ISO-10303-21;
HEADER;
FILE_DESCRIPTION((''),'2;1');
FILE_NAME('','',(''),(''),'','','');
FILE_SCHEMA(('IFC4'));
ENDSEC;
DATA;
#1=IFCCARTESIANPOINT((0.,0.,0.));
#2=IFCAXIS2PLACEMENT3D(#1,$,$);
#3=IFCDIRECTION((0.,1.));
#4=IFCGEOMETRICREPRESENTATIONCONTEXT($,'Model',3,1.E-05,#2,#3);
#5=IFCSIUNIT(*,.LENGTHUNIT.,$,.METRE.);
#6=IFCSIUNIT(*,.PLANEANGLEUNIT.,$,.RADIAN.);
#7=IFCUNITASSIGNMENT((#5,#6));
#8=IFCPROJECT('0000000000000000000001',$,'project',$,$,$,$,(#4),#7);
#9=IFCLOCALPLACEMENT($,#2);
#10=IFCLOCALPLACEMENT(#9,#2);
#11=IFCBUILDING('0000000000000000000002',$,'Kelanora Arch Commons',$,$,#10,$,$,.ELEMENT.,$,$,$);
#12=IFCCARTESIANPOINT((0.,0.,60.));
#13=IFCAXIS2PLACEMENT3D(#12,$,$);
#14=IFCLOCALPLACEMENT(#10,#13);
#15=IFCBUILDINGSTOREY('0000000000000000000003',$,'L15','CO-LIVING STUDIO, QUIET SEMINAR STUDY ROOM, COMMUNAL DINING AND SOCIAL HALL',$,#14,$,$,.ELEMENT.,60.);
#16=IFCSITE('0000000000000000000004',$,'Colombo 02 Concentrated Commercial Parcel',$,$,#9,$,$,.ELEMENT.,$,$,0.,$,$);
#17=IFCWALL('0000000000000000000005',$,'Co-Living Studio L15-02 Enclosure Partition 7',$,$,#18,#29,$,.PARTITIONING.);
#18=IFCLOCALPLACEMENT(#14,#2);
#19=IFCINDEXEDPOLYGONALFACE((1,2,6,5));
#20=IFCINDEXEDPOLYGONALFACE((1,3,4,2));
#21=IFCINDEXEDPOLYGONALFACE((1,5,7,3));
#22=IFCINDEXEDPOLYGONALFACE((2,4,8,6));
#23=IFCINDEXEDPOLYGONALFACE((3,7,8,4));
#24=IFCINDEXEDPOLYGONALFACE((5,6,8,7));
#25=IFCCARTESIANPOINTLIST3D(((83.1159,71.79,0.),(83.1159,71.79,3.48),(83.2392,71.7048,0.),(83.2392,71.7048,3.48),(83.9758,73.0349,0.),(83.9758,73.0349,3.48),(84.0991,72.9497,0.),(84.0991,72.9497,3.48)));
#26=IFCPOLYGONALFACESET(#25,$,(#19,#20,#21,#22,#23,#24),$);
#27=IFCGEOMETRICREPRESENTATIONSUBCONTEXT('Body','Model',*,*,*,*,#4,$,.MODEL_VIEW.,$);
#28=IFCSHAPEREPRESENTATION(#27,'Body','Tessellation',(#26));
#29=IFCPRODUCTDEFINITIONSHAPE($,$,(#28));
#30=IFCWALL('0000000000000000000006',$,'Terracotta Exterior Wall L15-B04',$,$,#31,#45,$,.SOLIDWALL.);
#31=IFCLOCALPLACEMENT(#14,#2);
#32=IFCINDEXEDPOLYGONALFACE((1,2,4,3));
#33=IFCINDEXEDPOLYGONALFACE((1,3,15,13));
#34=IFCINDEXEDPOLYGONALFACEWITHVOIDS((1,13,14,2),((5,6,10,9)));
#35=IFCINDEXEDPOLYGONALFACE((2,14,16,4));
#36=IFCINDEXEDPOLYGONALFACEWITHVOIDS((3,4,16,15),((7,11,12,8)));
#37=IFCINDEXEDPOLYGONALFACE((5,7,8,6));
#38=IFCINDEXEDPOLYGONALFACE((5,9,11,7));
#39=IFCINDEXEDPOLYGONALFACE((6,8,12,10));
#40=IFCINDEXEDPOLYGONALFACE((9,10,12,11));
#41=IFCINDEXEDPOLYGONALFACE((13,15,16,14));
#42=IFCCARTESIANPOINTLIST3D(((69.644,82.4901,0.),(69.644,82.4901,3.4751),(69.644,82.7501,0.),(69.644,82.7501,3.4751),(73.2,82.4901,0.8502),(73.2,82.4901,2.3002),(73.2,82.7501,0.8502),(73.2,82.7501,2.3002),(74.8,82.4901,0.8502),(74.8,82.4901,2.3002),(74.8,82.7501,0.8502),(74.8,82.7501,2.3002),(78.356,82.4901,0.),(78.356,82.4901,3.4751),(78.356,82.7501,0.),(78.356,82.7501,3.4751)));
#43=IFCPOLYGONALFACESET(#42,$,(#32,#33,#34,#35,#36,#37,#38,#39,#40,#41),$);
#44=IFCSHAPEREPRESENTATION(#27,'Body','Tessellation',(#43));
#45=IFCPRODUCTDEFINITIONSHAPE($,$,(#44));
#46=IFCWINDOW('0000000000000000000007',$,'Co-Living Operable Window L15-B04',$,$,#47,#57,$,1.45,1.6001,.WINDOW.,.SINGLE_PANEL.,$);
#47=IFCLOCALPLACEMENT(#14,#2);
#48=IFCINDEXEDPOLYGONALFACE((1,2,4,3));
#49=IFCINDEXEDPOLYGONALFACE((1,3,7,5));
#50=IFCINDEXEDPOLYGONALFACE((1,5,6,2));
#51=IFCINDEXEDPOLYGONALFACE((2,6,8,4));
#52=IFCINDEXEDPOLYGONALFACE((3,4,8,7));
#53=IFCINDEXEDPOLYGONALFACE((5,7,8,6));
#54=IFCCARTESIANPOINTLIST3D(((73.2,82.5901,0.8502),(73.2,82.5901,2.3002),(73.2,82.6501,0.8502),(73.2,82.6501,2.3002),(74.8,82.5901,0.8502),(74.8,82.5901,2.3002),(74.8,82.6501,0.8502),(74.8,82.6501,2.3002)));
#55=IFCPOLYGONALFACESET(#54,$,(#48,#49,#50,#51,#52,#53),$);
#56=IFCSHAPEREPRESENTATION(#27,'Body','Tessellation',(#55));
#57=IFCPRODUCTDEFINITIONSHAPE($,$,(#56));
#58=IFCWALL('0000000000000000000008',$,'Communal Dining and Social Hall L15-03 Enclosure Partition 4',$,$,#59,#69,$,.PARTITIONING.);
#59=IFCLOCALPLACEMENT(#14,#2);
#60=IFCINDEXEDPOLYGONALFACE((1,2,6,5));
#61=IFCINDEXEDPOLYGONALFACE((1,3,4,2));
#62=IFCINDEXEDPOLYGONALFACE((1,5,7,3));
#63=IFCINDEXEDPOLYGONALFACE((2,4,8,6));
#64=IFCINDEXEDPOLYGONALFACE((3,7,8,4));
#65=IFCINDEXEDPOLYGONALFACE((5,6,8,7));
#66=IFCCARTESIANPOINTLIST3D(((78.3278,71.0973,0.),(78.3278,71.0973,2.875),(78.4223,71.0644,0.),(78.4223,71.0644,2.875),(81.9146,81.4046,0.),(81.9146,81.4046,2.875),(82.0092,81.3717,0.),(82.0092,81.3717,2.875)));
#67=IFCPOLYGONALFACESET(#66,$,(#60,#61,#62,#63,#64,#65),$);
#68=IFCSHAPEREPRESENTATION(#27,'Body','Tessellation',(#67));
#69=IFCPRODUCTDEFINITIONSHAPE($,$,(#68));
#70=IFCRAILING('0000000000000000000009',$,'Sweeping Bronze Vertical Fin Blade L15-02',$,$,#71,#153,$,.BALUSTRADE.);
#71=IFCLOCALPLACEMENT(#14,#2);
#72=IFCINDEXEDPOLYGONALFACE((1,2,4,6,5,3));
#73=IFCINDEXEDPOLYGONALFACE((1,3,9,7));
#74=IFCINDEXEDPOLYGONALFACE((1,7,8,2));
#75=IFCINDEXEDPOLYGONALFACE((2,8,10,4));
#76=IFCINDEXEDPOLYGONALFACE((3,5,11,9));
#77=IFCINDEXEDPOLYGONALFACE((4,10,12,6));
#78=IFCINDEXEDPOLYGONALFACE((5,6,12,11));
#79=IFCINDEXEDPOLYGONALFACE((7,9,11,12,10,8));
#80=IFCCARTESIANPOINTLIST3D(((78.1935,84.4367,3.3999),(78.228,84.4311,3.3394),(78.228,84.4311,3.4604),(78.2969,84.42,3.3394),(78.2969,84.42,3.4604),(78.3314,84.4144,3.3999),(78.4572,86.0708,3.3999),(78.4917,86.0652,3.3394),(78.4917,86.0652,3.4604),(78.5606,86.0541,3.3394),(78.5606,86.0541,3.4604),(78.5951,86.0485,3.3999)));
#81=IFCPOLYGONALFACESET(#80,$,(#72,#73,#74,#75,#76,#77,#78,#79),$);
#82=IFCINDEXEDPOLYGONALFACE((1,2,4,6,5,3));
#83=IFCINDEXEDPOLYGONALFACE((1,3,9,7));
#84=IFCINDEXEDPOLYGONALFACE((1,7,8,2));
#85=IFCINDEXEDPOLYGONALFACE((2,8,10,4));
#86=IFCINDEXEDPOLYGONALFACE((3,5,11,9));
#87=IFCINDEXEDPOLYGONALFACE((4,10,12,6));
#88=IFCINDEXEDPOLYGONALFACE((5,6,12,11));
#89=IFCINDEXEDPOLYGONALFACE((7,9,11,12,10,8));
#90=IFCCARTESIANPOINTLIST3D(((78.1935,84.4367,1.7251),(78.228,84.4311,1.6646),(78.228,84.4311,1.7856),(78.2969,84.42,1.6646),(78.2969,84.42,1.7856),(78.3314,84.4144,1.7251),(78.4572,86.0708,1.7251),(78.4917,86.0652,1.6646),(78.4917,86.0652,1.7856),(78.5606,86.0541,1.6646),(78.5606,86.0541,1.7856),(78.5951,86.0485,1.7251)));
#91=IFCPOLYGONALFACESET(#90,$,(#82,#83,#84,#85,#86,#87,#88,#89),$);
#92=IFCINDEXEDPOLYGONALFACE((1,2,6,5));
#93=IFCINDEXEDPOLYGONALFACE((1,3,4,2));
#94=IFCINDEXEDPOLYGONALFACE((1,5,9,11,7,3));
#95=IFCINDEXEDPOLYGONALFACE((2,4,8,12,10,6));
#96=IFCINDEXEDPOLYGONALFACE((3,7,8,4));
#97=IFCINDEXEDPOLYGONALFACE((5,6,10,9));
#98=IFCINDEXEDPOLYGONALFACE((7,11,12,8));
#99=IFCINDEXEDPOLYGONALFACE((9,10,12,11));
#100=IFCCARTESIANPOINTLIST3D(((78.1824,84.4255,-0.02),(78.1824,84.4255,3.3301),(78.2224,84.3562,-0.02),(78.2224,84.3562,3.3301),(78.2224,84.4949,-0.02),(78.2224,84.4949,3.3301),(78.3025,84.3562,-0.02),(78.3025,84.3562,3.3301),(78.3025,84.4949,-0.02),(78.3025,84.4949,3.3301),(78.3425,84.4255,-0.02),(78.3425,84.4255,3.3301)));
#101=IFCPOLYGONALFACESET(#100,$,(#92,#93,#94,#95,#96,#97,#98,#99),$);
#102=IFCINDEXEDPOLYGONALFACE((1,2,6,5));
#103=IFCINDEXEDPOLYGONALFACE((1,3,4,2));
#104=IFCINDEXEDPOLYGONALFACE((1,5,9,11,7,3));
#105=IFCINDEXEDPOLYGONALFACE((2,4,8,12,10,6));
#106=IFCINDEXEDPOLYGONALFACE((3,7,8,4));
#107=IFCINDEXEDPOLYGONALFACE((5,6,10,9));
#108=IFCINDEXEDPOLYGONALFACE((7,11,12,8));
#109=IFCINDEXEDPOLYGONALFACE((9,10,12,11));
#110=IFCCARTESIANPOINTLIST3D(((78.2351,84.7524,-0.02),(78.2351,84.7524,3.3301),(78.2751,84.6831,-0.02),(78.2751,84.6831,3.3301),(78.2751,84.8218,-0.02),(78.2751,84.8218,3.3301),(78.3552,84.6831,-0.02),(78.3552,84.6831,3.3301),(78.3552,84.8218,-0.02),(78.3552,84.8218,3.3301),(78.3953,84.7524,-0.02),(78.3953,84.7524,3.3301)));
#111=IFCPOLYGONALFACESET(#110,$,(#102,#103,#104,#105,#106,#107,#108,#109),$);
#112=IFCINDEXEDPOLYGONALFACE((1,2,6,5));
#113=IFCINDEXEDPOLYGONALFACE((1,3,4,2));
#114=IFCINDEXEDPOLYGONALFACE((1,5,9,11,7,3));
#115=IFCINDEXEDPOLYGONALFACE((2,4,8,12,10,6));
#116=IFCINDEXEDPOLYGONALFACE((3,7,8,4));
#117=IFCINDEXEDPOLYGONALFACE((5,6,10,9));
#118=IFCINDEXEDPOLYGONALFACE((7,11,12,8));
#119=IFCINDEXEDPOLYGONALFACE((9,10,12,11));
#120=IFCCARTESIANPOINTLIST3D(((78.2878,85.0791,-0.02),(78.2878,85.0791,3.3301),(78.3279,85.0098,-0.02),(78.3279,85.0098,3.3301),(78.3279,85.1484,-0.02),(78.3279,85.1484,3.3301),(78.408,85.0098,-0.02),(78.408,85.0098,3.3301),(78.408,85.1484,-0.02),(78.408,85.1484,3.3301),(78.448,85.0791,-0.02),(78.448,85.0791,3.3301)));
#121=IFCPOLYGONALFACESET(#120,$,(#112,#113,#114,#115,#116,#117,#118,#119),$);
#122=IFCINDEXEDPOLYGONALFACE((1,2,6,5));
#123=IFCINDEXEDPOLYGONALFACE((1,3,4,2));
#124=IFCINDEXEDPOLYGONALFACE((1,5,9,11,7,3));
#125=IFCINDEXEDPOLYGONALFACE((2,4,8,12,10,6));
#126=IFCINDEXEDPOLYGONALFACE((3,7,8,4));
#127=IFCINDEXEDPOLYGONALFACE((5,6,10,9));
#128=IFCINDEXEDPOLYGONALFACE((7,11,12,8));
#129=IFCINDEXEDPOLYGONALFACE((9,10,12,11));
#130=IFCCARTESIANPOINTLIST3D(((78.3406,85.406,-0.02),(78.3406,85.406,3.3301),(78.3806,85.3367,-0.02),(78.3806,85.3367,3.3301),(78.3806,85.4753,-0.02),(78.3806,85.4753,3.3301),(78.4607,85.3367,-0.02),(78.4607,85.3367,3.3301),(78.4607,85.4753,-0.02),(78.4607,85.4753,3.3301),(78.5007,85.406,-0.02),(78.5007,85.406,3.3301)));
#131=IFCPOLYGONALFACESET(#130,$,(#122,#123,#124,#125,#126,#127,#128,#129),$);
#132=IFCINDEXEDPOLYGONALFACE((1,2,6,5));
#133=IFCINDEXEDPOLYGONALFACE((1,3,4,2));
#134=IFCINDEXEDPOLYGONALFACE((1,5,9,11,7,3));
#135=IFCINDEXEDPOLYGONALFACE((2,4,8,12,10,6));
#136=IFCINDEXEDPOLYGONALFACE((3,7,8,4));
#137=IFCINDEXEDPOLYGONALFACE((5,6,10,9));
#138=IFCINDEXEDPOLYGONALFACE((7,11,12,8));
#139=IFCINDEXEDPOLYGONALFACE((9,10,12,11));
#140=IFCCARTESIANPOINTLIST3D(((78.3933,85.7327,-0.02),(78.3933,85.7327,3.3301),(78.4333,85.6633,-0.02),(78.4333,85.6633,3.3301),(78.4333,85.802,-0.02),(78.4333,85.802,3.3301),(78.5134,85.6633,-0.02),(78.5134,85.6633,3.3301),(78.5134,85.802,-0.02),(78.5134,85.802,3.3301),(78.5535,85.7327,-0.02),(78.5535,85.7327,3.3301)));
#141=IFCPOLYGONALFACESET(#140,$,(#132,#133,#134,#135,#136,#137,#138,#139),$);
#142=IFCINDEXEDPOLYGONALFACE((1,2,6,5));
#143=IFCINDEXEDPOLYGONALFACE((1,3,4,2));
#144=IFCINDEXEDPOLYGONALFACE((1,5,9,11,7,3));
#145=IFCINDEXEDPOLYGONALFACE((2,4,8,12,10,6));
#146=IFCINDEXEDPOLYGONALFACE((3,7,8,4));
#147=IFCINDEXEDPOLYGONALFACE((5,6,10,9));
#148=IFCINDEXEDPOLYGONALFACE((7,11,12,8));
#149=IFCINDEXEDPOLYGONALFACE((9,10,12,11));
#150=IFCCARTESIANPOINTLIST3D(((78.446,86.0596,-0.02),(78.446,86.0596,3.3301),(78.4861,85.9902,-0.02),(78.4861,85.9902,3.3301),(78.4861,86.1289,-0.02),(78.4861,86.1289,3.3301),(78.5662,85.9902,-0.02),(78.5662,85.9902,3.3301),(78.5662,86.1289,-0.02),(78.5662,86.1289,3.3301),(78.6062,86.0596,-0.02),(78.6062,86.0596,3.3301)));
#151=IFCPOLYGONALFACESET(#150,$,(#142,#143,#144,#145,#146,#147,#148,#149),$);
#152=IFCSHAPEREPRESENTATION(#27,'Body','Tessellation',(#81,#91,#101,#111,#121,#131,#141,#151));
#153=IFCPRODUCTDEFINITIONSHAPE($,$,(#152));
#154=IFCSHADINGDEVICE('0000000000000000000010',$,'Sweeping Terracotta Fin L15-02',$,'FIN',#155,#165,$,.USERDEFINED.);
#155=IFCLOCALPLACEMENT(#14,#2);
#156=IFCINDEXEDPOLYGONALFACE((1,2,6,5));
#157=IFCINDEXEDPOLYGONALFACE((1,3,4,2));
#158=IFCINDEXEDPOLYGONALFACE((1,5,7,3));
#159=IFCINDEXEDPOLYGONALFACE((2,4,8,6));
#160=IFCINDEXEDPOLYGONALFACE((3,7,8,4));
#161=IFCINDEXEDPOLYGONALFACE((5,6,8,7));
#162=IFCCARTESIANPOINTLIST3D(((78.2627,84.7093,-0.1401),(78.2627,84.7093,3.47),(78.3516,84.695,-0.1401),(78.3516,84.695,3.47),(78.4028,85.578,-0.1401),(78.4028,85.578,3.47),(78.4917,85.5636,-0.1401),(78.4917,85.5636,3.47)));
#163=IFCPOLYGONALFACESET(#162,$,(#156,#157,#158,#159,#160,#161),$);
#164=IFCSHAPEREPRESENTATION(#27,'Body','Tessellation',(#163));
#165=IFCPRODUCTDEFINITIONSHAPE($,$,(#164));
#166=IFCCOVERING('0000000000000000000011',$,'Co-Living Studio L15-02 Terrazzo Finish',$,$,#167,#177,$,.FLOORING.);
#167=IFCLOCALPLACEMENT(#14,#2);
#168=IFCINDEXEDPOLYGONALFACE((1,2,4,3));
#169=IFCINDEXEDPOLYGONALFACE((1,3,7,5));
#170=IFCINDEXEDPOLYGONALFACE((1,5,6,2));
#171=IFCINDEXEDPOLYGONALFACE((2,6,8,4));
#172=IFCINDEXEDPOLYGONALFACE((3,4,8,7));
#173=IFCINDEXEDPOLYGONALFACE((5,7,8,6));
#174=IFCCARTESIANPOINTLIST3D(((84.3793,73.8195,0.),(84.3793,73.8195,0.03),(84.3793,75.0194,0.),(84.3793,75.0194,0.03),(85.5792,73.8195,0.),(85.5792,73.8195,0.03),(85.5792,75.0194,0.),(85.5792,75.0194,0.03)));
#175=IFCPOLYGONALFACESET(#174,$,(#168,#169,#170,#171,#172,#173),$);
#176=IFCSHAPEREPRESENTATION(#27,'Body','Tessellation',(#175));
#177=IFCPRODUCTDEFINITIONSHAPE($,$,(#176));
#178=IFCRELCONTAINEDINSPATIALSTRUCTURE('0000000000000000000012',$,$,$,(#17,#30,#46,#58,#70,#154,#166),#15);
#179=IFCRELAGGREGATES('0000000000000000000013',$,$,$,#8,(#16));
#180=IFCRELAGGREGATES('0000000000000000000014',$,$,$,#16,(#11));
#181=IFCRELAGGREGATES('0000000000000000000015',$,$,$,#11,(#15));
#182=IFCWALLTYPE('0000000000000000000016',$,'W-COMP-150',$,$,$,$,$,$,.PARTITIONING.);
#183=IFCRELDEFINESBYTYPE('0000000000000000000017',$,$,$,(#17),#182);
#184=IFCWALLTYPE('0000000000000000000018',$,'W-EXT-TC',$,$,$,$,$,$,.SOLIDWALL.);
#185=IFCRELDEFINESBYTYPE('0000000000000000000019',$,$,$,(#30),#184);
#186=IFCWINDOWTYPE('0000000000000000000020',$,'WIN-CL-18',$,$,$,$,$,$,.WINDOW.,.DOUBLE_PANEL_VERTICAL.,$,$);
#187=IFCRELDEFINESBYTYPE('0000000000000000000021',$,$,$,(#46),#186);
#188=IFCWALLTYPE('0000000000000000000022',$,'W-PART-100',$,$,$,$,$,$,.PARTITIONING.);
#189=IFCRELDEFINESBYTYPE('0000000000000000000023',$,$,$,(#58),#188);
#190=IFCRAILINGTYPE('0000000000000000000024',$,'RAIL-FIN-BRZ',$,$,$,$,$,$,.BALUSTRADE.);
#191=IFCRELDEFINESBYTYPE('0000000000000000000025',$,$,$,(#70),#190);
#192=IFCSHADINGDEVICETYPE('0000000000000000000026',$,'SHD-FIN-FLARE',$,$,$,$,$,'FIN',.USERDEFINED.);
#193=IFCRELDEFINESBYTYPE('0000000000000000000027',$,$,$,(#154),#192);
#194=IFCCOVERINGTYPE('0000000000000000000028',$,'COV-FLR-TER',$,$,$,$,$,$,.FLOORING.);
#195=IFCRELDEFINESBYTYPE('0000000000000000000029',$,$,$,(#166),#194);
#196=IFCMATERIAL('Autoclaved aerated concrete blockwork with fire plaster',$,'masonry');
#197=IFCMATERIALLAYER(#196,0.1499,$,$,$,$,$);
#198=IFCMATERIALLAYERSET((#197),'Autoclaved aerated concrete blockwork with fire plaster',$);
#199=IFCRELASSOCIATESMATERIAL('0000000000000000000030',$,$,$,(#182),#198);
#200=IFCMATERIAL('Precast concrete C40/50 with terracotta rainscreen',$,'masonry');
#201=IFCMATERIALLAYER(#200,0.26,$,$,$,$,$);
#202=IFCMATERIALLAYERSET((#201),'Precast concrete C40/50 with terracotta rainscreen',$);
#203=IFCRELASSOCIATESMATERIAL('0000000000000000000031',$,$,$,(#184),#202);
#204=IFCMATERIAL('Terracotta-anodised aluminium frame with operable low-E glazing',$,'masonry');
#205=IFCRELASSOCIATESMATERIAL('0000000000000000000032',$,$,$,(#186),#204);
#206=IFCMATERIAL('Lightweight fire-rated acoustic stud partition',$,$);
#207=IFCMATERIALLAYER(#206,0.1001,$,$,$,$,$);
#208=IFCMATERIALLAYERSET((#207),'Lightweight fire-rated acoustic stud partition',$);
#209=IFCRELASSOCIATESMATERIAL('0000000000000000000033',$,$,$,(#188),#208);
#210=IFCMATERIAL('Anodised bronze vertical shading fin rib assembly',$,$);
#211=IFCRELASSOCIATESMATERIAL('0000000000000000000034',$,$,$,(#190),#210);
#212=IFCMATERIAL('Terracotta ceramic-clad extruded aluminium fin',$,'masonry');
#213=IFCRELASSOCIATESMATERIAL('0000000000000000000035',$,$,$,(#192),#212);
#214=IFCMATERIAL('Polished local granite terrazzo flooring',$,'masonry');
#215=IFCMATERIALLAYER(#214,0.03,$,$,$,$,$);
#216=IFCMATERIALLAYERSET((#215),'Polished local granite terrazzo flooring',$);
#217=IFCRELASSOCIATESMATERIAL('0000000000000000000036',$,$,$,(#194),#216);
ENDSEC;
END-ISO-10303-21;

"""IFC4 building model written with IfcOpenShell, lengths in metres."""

from ifc_helpers import new_model, si_unit, direction, frame, frame_2d, origin, origin_2d, place, context, subcontext, project, spatial, polyline, rectangle, outline, extrude, source, transform, mapped, material, layer, layer_set, type_object, element, fill, save


model = new_model("IFC4")

# Units and contexts
model_context = context("Model", 3, precision=1e-05, world=origin(), true_north=direction((0.0, 1.0)))
body_context = subcontext(model_context, "Body", "Model", "MODEL_VIEW")
ifc_project = project(units=[si_unit("LENGTHUNIT", "METRE"), si_unit("PLANEANGLEUNIT", "RADIAN")], contexts=[model_context])

# Site, building, storey
site_placement = place(None, origin())
site = spatial("IfcSite", under=ifc_project, at=site_placement, Name="Colombo 02 Concentrated Commercial Parcel", CompositionType="ELEMENT", RefElevation=0.0)
building_placement = place(site_placement, origin())
building = spatial("IfcBuilding", under=site, at=building_placement, Name="Kelanora Arch Commons", CompositionType="ELEMENT")
storey_placement = place(building_placement, frame((0.0, 0.0, 60.0)))
storey = spatial("IfcBuildingStorey", under=building, at=storey_placement, Name="L15", Description="CO-LIVING STUDIO, QUIET SEMINAR STUDY ROOM, COMMUNAL DINING AND SOCIAL HALL", CompositionType="ELEMENT", Elevation=60.0)

# Wall
ifc_material_1 = material(Name="Autoclaved aerated concrete blockwork with fire plaster", Category="masonry")
ifc_layer_1 = layer(ifc_material_1, 0.1499)
ifc_layer_set_1 = layer_set([ifc_layer_1], Name="Autoclaved aerated concrete blockwork with fire plaster")
wall_type_1 = type_object("IfcWallType", Name="W-COMP-150", PredefinedType="PARTITIONING", material=ifc_layer_set_1)
wall_1_placement = place(storey_placement, frame((84.0374, 72.9922, 0.0), z_axis=(0.0, 0.0, 1.0), x_axis=(-0.568329, -0.822802, 0.0)))
element("IfcWall", 1, at=wall_1_placement, inside=storey, type_object=wall_type_1, Name="Co-Living Studio L15-02 Enclosure Partition 7", PredefinedType="PARTITIONING", context=body_context, shape_type="SweptSolid", body=[
    extrude(rectangle(XDim=1.5129, YDim=0.1499, at=frame_2d((0.7563, 0.0))), origin(), (0.0, 0.0, 1.0), 3.48),
])

# Wall, opening, window
ifc_material_2 = material(Name="Precast concrete C40/50 with terracotta rainscreen", Category="masonry")
ifc_layer_2 = layer(ifc_material_2, 0.26)
ifc_layer_set_2 = layer_set([ifc_layer_2], Name="Precast concrete C40/50 with terracotta rainscreen")
wall_type_2 = type_object("IfcWallType", Name="W-EXT-TC", PredefinedType="SOLIDWALL", material=ifc_layer_set_2)
wall_2_placement = place(storey_placement, frame((78.356, 82.6201, 0.0), z_axis=(0.0, 0.0, 1.0), x_axis=(-1.0, 0.0, 0.0)))
wall_2 = element("IfcWall", 2, at=wall_2_placement, inside=storey, type_object=wall_type_2, Name="Terracotta Exterior Wall L15-B04", PredefinedType="SOLIDWALL", context=body_context, shape_type="SweptSolid", body=[
    extrude(rectangle(XDim=8.7119, YDim=0.26, at=frame_2d((4.356, 0.0))), origin(), (0.0, 0.0, 1.0), 3.4751),
])
opening_placement = place(wall_2_placement, frame((3.5559, 0.0, 0.8501)))
opening = element("IfcOpeningElement", 3, at=opening_placement, cuts=wall_2, PredefinedType="OPENING", context=body_context, shape_type="SweptSolid", body=[
    extrude(rectangle(XDim=1.6001, YDim=1.45, at=frame_2d((0.8, 0.7251))), frame((0.0, 0.1401, 0.0), z_axis=(0.0, -1.0, 0.0), x_axis=(1.0, 0.0, 0.0)), (0.0, 0.0, 1.0), 0.28),
])
ifc_material_3 = material(Name="Terracotta-anodised aluminium frame with operable low-E glazing", Category="masonry")
window_type = type_object("IfcWindowType", Name="WIN-CL-18", PartitioningType="DOUBLE_PANEL_VERTICAL", PredefinedType="WINDOW", material=ifc_material_3)
window_placement = place(opening_placement, origin())
window = element("IfcWindow", 4, at=window_placement, inside=storey, type_object=window_type, Name="Co-Living Operable Window L15-B04", OverallHeight=1.45, OverallWidth=1.6001, PartitioningType="SINGLE_PANEL", PredefinedType="WINDOW", context=body_context, shape_type="SweptSolid", body=[
    extrude(rectangle(XDim=1.6001, YDim=1.45, at=frame_2d((0.8, 0.7251))), frame((0.0, 0.03, 0.0), z_axis=(0.0, -1.0, 0.0), x_axis=(1.0, 0.0, 0.0)), (0.0, 0.0, 1.0), 0.0601),
])
fill(opening, window)

# Wall
ifc_material_4 = material(Name="Lightweight fire-rated acoustic stud partition")
ifc_layer_3 = layer(ifc_material_4, 0.1001)
ifc_layer_set_3 = layer_set([ifc_layer_3], Name="Lightweight fire-rated acoustic stud partition")
wall_type_3 = type_object("IfcWallType", Name="W-PART-100", PredefinedType="PARTITIONING", material=ifc_layer_set_3)
wall_3_placement = place(storey_placement, frame((81.9619, 81.3882, 0.0), z_axis=(0.0, 0.0, 1.0), x_axis=(-0.328663, -0.944447, 0.0)))
element("IfcWall", 5, at=wall_3_placement, inside=storey, type_object=wall_type_3, Name="Communal Dining and Social Hall L15-03 Enclosure Partition 4", PredefinedType="PARTITIONING", context=body_context, shape_type="SweptSolid", body=[
    extrude(rectangle(XDim=10.9136, YDim=0.1001, at=frame_2d((5.4568, 0.0))), origin(), (0.0, 0.0, 1.0), 2.875),
])

# Railing
ifc_material_5 = material(Name="Anodised bronze vertical shading fin rib assembly")
railing_type = type_object("IfcRailingType", Name="RAIL-FIN-BRZ", PredefinedType="BALUSTRADE", material=ifc_material_5)
railing_placement = place(storey_placement, frame((78.2625, 84.4255, -0.02)))
element("IfcRailing", 6, at=railing_placement, inside=storey, type_object=railing_type, Name="Sweeping Bronze Vertical Fin Blade L15-02", PredefinedType="BALUSTRADE", context=body_context, shape_type="SweptSolid", body=[
    extrude(outline(polyline([(0.0698, 0.0), (0.0349, 0.0605), (-0.0349, 0.0605), (-0.0698, 0.0), (-0.0349, -0.0605), (0.0349, -0.0605), (0.0698, 0.0)])), frame((0.0, 0.0, 3.4199), z_axis=(0.159302, 0.98723, 0.0), x_axis=(-0.98723, 0.159302, 0.0)), (0.0, 0.0, 1.0), 1.6553),
    extrude(outline(polyline([(0.0698, 0.0), (0.0349, 0.0605), (-0.0349, 0.0605), (-0.0698, 0.0), (-0.0349, -0.0605), (0.0349, -0.0605), (0.0698, 0.0)])), frame((0.0, 0.0, 1.7451), z_axis=(0.159302, 0.98723, 0.0), x_axis=(-0.98723, 0.159302, 0.0)), (0.0, 0.0, 1.0), 1.6553),
    extrude(outline(polyline([(0.0801, 0.0), (0.04, 0.0693), (-0.04, 0.0693), (-0.0801, 0.0), (-0.04, -0.0693), (0.04, -0.0693), (0.0801, 0.0)])), origin(), (0.0, 0.0, 1.0), 3.3501),
    extrude(outline(polyline([(0.0801, 0.0), (0.04, 0.0693), (-0.04, 0.0693), (-0.0801, 0.0), (-0.04, -0.0693), (0.04, -0.0693), (0.0801, 0.0)])), frame((0.0527, 0.3269, 0.0)), (0.0, 0.0, 1.0), 3.3501),
    extrude(outline(polyline([(0.0801, 0.0), (0.04, 0.0693), (-0.04, 0.0693), (-0.0801, 0.0), (-0.04, -0.0693), (0.04, -0.0693), (0.0801, 0.0)])), frame((0.1055, 0.6536, 0.0)), (0.0, 0.0, 1.0), 3.3501),
    extrude(outline(polyline([(0.0801, 0.0), (0.04, 0.0693), (-0.04, 0.0693), (-0.0801, 0.0), (-0.04, -0.0693), (0.04, -0.0693), (0.0801, 0.0)])), frame((0.1582, 0.9805, 0.0)), (0.0, 0.0, 1.0), 3.3501),
    extrude(outline(polyline([(0.0801, 0.0), (0.04, 0.0693), (-0.04, 0.0693), (-0.0801, 0.0), (-0.04, -0.0693), (0.04, -0.0693), (0.0801, 0.0)])), frame((0.2109, 1.3071, 0.0)), (0.0, 0.0, 1.0), 3.3501),
    extrude(outline(polyline([(0.0801, 0.0), (0.04, 0.0693), (-0.04, 0.0693), (-0.0801, 0.0), (-0.04, -0.0693), (0.04, -0.0693), (0.0801, 0.0)])), frame((0.2637, 1.634, 0.0)), (0.0, 0.0, 1.0), 3.3501),
])

# Shading device
ifc_material_6 = material(Name="Terracotta ceramic-clad extruded aluminium fin", Category="masonry")
shading_device_type = type_object("IfcShadingDeviceType", Name="SHD-FIN-FLARE", ElementType="FIN", PredefinedType="USERDEFINED", material=ifc_material_6)
shared_shape_1 = source(origin(), body_context, "Body", "SweptSolid", [
    extrude(rectangle(XDim=0.8799, YDim=0.0901, at=origin_2d()), origin(), (0.0, 0.0, 1.0), 3.6101),
])
shading_device_placement = place(storey_placement, frame((78.3772, 85.1365, -0.1401), z_axis=(0.0, 0.0, 1.0), x_axis=(0.159192, 0.987248, 0.0)))
element("IfcShadingDevice", 7, at=shading_device_placement, inside=storey, type_object=shading_device_type, Name="Sweeping Terracotta Fin L15-02", ObjectType="FIN", PredefinedType="USERDEFINED", context=body_context, shape_type="MappedRepresentation", body=[
    mapped(shared_shape_1, transform((0.0, 0.0, 0.0), scale=1.0)),
])

# Covering
ifc_material_7 = material(Name="Polished local granite terrazzo flooring", Category="masonry")
ifc_layer_4 = layer(ifc_material_7, 0.03)
ifc_layer_set_4 = layer_set([ifc_layer_4], Name="Polished local granite terrazzo flooring")
covering_type = type_object("IfcCoveringType", Name="COV-FLR-TER", PredefinedType="FLOORING", material=ifc_layer_set_4)
shared_shape_2 = source(origin(), body_context, "Body", "SweptSolid", [
    extrude(rectangle(XDim=1.2, YDim=1.2, at=origin_2d()), origin(), (0.0, 0.0, 1.0), 0.03),
])
for number, where, z_axis, x_axis, name in (
    (8, (84.9792, 74.4194, 0.0), (0.0, 0.0, 1.0), (1.0, 0.0, 0.0), "Co-Living Studio L15-02 Terrazzo Finish"),
):
    element("IfcCovering", number, at=place(storey_placement, frame(where, z_axis=z_axis, x_axis=x_axis)), inside=storey, type_object=covering_type, Name=name, PredefinedType="FLOORING", context=body_context, shape_type="MappedRepresentation", body=[
        mapped(shared_shape_2, transform((0.0, 0.0, 0.0), scale=1.0)),
    ])

save(model, "model.ifc")
